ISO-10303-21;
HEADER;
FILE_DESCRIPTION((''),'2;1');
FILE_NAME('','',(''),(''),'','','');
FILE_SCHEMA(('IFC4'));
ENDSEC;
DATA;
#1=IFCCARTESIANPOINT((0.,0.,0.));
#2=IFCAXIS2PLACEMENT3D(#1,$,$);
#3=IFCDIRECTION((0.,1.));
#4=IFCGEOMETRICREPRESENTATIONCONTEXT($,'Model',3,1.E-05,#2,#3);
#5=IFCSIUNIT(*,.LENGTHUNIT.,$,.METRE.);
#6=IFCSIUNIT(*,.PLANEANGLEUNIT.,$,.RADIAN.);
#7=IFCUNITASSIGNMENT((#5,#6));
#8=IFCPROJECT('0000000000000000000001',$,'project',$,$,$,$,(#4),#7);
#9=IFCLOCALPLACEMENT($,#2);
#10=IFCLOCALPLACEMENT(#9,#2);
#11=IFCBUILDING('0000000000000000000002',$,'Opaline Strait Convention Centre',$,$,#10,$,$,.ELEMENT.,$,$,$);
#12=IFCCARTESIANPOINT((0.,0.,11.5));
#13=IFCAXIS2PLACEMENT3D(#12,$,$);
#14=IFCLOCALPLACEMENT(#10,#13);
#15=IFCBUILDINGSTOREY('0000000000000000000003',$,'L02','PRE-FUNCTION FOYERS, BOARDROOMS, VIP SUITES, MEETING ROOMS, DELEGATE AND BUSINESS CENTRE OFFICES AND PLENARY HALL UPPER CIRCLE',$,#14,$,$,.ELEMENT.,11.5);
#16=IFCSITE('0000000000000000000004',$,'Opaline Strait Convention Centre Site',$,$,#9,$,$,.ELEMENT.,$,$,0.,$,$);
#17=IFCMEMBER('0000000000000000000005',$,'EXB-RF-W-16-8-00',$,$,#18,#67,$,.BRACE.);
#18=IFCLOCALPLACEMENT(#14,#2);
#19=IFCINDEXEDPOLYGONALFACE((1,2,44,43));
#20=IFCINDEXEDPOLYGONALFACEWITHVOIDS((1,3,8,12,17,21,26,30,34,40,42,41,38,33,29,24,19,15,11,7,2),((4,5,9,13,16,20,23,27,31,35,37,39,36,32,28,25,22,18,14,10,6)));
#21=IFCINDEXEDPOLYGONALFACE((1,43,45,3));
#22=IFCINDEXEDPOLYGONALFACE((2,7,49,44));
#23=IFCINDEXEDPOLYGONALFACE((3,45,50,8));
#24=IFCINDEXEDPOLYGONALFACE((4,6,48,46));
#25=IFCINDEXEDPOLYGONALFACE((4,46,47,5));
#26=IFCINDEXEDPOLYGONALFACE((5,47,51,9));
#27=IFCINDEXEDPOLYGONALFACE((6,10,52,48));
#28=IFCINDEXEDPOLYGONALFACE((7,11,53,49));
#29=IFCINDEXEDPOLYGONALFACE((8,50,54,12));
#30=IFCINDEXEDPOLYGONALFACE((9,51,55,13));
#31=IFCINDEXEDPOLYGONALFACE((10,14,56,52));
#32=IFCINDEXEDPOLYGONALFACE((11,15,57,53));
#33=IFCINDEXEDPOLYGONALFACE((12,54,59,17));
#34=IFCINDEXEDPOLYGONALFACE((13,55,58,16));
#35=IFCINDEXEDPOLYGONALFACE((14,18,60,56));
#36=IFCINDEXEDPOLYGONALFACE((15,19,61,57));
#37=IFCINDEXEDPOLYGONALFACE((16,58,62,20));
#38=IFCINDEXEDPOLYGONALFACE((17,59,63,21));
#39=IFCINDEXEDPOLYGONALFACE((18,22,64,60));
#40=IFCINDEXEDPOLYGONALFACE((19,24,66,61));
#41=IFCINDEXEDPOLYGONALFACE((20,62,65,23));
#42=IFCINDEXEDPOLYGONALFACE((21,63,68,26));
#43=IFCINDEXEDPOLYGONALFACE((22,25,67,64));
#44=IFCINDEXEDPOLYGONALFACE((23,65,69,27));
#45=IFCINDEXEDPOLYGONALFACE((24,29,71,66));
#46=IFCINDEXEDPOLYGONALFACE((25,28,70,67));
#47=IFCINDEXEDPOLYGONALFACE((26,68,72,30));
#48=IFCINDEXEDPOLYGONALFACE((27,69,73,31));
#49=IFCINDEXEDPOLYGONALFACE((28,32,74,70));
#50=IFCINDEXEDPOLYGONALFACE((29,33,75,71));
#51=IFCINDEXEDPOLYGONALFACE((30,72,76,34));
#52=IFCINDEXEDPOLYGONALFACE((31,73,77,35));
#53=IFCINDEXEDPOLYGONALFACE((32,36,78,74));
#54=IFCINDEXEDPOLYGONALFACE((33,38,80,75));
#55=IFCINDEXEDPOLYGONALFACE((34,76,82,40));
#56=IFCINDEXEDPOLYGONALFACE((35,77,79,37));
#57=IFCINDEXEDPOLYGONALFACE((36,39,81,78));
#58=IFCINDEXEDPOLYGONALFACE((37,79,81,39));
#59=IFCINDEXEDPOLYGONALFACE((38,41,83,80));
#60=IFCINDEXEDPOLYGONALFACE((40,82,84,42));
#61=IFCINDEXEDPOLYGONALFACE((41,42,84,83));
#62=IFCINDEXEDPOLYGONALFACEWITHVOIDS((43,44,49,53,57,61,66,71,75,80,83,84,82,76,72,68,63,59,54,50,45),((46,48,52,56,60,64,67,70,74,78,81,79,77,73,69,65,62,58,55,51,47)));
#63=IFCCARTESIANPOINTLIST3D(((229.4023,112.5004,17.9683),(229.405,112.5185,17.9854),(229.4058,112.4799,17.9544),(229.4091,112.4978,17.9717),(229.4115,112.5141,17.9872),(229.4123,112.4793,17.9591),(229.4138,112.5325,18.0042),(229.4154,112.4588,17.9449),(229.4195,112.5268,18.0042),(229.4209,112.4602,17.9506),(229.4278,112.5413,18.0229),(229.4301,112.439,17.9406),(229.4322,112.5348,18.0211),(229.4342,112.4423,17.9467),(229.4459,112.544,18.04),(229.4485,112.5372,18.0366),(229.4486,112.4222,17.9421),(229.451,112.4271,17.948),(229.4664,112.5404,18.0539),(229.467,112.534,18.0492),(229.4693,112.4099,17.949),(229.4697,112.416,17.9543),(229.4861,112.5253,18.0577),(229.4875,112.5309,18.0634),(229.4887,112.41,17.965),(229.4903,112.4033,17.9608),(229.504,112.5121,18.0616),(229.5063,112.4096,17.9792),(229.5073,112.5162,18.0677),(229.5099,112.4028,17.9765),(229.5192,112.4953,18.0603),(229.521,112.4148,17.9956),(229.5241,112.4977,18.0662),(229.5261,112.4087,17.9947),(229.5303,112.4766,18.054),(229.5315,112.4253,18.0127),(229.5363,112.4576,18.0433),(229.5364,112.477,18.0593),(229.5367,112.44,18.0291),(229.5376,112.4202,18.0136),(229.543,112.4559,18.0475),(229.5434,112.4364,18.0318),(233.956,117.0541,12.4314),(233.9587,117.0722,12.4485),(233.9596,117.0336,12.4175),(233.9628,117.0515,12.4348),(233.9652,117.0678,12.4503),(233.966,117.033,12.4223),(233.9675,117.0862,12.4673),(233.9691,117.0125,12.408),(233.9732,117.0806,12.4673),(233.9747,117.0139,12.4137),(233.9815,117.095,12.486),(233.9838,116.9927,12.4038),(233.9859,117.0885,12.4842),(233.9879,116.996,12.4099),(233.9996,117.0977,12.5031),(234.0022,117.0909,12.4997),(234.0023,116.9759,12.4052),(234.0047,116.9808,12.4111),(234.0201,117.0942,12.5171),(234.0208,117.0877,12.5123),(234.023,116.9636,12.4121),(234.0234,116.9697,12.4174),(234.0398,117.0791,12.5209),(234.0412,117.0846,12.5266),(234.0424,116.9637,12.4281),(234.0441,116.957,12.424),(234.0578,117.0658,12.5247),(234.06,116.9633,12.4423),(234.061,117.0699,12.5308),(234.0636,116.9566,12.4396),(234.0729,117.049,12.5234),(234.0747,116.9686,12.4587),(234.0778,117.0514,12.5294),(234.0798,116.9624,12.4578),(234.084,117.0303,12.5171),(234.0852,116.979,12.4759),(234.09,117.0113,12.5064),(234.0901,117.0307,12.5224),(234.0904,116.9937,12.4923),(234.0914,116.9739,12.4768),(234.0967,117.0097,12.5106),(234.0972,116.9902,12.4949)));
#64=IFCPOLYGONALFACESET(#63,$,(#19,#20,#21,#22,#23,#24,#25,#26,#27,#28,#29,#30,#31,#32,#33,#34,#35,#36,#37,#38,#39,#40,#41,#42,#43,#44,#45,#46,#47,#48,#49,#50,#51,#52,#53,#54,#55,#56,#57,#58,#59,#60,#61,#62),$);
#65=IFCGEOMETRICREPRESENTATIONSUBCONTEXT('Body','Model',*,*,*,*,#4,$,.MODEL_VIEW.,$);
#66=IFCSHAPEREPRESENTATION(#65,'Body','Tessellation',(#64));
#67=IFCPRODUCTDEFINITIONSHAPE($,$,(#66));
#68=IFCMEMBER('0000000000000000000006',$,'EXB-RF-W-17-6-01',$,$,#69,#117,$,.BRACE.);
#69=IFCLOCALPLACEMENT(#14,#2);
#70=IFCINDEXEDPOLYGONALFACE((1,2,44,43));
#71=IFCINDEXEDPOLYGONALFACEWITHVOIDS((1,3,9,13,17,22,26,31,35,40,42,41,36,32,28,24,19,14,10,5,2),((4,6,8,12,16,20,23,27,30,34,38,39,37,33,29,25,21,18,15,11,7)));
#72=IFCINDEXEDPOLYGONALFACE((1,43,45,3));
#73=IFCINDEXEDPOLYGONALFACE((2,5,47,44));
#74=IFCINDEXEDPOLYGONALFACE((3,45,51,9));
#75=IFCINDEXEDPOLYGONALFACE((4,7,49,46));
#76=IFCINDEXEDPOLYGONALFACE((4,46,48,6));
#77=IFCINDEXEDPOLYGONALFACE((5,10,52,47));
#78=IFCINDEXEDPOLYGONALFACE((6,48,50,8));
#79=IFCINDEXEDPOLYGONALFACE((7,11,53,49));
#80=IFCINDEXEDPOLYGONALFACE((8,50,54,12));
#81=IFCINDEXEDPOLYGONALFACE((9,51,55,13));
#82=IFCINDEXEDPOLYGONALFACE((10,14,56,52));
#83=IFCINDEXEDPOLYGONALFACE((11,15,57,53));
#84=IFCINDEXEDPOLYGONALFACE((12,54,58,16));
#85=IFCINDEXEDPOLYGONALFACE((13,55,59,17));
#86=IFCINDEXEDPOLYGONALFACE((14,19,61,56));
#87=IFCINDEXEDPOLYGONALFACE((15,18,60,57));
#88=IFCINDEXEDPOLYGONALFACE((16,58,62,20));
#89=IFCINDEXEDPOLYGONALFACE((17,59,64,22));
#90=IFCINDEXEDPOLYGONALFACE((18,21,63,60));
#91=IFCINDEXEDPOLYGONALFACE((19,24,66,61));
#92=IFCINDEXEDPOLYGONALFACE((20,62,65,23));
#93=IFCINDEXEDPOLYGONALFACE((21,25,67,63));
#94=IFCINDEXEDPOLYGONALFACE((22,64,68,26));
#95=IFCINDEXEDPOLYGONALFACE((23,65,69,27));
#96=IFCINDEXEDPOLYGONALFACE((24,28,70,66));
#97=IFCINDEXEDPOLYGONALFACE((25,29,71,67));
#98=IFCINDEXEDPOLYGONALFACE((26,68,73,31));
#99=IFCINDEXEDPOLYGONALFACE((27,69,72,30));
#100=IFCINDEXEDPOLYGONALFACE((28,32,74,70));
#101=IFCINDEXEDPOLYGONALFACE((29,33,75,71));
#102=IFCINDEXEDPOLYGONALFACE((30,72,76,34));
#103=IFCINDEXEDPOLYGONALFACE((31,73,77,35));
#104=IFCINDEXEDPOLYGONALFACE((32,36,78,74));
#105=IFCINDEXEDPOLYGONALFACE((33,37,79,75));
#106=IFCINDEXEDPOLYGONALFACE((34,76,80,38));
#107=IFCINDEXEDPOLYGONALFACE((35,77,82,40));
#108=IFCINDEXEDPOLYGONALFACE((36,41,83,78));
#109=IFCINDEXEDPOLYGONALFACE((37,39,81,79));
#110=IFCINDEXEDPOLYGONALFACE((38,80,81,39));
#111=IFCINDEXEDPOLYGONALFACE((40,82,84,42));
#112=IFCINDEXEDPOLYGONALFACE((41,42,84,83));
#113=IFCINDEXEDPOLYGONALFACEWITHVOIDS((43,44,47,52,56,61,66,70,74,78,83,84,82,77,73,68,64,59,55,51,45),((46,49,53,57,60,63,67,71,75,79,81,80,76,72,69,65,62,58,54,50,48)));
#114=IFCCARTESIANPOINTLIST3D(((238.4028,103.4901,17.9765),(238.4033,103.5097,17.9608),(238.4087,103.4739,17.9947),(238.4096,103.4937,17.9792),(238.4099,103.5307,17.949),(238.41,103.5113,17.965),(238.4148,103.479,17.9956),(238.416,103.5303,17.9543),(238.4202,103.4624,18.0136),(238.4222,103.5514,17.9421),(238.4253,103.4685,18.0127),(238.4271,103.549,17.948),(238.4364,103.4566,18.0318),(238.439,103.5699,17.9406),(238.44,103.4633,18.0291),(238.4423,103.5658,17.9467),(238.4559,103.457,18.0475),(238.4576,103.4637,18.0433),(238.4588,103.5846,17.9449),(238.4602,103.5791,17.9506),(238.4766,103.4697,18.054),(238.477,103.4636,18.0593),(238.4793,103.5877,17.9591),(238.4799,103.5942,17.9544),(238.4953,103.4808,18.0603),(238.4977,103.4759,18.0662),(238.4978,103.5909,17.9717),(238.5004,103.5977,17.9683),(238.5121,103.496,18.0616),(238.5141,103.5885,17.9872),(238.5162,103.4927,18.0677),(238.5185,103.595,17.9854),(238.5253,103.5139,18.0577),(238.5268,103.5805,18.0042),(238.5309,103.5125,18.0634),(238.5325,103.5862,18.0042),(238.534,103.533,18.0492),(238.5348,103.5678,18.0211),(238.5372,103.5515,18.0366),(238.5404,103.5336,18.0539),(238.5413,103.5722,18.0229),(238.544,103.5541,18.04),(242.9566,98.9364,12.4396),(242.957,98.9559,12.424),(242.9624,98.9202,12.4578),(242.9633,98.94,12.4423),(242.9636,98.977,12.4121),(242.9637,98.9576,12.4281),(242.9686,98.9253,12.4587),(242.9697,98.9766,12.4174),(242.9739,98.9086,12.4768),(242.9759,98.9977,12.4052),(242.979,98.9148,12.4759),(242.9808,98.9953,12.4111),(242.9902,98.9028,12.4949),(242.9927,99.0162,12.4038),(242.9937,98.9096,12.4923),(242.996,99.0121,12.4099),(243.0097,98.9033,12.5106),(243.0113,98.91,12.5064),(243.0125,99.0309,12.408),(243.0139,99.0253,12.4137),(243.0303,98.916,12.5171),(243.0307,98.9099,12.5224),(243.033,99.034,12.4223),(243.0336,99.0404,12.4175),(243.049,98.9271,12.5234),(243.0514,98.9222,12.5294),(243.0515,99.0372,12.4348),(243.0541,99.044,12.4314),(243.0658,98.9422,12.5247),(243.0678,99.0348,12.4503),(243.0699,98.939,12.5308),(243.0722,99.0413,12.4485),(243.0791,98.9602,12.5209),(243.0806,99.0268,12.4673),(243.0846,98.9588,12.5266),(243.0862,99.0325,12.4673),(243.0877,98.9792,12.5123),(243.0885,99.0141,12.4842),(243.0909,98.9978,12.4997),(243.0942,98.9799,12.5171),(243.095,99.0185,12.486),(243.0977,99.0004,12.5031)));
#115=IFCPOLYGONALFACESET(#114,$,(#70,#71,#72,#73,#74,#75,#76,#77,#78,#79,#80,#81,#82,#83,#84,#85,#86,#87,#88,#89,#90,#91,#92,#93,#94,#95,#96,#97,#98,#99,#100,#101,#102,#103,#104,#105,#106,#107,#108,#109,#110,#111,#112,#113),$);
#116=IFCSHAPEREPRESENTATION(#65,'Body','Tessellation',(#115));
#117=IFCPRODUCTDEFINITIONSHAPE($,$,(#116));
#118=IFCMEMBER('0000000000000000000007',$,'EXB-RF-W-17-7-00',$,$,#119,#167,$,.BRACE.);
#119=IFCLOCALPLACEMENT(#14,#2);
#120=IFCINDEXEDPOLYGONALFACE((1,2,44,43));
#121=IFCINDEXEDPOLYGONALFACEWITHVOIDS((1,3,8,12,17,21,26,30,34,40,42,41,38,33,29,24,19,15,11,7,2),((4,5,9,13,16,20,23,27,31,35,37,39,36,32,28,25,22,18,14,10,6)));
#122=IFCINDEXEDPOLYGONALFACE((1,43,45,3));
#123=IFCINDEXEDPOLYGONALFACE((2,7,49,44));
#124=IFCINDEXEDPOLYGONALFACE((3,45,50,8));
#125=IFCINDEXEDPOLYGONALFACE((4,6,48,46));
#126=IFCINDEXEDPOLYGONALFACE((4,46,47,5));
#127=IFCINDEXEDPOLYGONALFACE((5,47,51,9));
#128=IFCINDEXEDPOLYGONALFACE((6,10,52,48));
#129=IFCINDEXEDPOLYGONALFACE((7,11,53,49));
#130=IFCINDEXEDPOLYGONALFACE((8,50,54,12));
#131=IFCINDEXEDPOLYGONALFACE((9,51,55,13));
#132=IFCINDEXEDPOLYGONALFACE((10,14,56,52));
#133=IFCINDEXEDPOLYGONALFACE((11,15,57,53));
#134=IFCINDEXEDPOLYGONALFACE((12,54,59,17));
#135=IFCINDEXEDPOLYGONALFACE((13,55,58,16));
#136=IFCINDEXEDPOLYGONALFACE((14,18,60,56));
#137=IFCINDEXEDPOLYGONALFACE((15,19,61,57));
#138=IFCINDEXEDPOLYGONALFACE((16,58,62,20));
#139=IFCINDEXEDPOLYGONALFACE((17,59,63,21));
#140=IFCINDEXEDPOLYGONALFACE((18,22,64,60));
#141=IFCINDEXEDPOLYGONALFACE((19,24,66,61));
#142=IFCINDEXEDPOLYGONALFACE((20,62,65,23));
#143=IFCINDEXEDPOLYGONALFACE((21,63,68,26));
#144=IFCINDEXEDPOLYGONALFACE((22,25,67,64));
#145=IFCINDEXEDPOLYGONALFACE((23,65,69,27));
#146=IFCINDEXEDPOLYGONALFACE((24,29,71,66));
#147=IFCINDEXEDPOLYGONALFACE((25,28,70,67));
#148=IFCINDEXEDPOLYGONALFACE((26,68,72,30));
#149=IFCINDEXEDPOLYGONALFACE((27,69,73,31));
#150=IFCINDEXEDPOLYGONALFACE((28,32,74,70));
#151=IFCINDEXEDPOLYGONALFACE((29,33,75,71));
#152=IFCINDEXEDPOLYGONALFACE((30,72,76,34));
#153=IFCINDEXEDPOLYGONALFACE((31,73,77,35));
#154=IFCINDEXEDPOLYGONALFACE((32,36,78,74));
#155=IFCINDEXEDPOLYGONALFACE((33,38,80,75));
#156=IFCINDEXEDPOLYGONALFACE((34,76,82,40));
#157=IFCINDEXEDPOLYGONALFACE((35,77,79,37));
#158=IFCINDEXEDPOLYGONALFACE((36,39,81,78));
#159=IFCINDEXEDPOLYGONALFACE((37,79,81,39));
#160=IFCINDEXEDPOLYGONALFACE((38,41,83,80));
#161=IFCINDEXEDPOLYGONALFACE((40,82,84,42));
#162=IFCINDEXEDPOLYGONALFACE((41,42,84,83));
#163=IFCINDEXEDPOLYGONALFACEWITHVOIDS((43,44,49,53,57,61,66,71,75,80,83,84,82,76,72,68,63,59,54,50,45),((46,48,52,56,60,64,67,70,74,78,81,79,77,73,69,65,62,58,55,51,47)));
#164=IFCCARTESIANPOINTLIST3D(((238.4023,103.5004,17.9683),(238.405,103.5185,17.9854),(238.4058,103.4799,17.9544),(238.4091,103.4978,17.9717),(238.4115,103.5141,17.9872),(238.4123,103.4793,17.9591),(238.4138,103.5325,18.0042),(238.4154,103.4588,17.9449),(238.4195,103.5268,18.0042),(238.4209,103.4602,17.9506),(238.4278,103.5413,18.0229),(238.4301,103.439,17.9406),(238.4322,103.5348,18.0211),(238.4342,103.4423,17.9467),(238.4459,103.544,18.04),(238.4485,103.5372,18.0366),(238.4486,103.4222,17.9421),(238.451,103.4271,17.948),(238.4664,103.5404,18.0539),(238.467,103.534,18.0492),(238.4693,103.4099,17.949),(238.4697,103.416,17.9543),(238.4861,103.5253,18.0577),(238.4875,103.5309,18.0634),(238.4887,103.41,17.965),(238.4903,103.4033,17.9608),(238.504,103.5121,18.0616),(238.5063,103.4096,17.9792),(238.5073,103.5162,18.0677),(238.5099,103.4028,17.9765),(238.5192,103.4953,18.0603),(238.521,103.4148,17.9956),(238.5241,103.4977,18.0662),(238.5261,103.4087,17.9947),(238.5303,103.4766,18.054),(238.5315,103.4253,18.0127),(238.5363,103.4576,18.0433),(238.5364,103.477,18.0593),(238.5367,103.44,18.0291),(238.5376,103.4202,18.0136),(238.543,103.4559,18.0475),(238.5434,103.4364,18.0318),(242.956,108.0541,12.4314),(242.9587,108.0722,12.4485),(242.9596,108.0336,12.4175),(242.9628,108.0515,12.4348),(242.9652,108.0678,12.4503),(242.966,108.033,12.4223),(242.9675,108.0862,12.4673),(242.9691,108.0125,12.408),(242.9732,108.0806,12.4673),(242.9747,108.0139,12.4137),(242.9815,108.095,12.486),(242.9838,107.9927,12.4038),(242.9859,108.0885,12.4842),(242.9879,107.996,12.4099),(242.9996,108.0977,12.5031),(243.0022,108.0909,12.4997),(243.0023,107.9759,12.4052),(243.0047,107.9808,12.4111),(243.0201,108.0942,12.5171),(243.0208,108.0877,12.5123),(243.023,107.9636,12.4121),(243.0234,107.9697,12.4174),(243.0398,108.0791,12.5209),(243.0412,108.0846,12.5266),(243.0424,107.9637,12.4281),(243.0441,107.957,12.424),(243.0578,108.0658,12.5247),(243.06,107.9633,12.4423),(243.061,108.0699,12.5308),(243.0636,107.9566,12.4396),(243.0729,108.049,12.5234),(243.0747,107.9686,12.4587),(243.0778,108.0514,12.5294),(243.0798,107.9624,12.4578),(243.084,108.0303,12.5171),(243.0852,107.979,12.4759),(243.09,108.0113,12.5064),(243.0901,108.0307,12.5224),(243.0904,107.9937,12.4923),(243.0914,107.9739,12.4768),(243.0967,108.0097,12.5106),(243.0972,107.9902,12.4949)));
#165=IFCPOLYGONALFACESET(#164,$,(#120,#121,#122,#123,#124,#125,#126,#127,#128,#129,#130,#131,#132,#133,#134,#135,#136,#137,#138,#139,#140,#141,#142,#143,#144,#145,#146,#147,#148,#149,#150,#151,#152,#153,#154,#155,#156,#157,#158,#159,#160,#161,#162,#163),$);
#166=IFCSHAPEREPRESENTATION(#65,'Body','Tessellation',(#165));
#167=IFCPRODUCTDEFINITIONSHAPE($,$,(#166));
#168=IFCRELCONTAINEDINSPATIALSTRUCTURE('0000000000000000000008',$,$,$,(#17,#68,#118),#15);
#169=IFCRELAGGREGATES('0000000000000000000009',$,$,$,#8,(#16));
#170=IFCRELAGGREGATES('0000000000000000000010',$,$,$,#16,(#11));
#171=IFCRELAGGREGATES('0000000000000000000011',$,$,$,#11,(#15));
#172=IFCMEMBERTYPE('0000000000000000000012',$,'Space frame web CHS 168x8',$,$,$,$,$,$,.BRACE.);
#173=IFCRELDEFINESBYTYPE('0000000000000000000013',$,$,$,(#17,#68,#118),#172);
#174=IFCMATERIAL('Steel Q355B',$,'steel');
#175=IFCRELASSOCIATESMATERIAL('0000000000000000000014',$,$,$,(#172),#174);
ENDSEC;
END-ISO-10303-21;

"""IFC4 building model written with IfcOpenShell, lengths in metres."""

from ifc_helpers import new_model, si_unit, direction, frame, origin, origin_2d, place, context, subcontext, project, spatial, hollow_circle, extrude, material, material_profile, profile_set, type_object, element, save


model = new_model("IFC4")

# Units and contexts
model_context = context("Model", 3, precision=1e-05, world=origin(), true_north=direction((0.0, 1.0)))
body_context = subcontext(model_context, "Body", "Model", "MODEL_VIEW")
ifc_project = project(units=[si_unit("LENGTHUNIT", "METRE"), si_unit("PLANEANGLEUNIT", "RADIAN")], contexts=[model_context])

# Site, building, storey
site_placement = place(None, origin())
site = spatial("IfcSite", under=ifc_project, at=site_placement, Name="Opaline Strait Convention Centre Site", CompositionType="ELEMENT", RefElevation=0.0)
building_placement = place(site_placement, origin())
building = spatial("IfcBuilding", under=site, at=building_placement, Name="Opaline Strait Convention Centre", CompositionType="ELEMENT")
storey_placement = place(building_placement, frame((0.0, 0.0, 11.5)))
storey = spatial("IfcBuildingStorey", under=building, at=storey_placement, Name="L02", Description="PRE-FUNCTION FOYERS, BOARDROOMS, VIP SUITES, MEETING ROOMS, DELEGATE AND BUSINESS CENTRE OFFICES AND PLENARY HALL UPPER CIRCLE", CompositionType="ELEMENT", Elevation=11.5)

# Members
ifc_material = material(Name="Steel Q355B", Category="steel")
ifc_material_profile_1 = material_profile(ifc_material, hollow_circle(Radius=0.084, WallThickness=0.0081, at=origin_2d()), Name="CHS 168x8")
ifc_profile_set_1 = profile_set([ifc_material_profile_1], Name="Steel Q355B")
member_type_1 = type_object("IfcMemberType", Name="Space frame web CHS 168x8", PredefinedType="BRACE", material=ifc_profile_set_1)
for number, where, z_axis, x_axis, name in (
    (1, (229.4731, 112.4731, 18.0042), (0.536178, 0.536178, -0.65194), (-0.707107, 0.707107, 0.0), "EXB-RF-W-16-8-00"),
    (2, (238.4731, 103.5269, 18.0042), (0.536178, -0.536178, -0.65194), (0.707107, 0.707107, 0.0), "EXB-RF-W-17-6-01"),
    (3, (238.4731, 103.4731, 18.0042), (0.536178, 0.536178, -0.65194), (-0.707107, 0.707107, 0.0), "EXB-RF-W-17-7-00"),
):
    element("IfcMember", number, at=place(storey_placement, frame(where, z_axis=z_axis, x_axis=x_axis)), inside=storey, type_object=member_type_1, Name=name, PredefinedType="BRACE", context=body_context, shape_type="SweptSolid", body=[
        extrude(hollow_circle(Radius=0.084, WallThickness=0.0081, at=origin_2d()), origin(), (0.0, 0.0, 1.0), 8.4929),
    ])

save(model, "model.ifc")
